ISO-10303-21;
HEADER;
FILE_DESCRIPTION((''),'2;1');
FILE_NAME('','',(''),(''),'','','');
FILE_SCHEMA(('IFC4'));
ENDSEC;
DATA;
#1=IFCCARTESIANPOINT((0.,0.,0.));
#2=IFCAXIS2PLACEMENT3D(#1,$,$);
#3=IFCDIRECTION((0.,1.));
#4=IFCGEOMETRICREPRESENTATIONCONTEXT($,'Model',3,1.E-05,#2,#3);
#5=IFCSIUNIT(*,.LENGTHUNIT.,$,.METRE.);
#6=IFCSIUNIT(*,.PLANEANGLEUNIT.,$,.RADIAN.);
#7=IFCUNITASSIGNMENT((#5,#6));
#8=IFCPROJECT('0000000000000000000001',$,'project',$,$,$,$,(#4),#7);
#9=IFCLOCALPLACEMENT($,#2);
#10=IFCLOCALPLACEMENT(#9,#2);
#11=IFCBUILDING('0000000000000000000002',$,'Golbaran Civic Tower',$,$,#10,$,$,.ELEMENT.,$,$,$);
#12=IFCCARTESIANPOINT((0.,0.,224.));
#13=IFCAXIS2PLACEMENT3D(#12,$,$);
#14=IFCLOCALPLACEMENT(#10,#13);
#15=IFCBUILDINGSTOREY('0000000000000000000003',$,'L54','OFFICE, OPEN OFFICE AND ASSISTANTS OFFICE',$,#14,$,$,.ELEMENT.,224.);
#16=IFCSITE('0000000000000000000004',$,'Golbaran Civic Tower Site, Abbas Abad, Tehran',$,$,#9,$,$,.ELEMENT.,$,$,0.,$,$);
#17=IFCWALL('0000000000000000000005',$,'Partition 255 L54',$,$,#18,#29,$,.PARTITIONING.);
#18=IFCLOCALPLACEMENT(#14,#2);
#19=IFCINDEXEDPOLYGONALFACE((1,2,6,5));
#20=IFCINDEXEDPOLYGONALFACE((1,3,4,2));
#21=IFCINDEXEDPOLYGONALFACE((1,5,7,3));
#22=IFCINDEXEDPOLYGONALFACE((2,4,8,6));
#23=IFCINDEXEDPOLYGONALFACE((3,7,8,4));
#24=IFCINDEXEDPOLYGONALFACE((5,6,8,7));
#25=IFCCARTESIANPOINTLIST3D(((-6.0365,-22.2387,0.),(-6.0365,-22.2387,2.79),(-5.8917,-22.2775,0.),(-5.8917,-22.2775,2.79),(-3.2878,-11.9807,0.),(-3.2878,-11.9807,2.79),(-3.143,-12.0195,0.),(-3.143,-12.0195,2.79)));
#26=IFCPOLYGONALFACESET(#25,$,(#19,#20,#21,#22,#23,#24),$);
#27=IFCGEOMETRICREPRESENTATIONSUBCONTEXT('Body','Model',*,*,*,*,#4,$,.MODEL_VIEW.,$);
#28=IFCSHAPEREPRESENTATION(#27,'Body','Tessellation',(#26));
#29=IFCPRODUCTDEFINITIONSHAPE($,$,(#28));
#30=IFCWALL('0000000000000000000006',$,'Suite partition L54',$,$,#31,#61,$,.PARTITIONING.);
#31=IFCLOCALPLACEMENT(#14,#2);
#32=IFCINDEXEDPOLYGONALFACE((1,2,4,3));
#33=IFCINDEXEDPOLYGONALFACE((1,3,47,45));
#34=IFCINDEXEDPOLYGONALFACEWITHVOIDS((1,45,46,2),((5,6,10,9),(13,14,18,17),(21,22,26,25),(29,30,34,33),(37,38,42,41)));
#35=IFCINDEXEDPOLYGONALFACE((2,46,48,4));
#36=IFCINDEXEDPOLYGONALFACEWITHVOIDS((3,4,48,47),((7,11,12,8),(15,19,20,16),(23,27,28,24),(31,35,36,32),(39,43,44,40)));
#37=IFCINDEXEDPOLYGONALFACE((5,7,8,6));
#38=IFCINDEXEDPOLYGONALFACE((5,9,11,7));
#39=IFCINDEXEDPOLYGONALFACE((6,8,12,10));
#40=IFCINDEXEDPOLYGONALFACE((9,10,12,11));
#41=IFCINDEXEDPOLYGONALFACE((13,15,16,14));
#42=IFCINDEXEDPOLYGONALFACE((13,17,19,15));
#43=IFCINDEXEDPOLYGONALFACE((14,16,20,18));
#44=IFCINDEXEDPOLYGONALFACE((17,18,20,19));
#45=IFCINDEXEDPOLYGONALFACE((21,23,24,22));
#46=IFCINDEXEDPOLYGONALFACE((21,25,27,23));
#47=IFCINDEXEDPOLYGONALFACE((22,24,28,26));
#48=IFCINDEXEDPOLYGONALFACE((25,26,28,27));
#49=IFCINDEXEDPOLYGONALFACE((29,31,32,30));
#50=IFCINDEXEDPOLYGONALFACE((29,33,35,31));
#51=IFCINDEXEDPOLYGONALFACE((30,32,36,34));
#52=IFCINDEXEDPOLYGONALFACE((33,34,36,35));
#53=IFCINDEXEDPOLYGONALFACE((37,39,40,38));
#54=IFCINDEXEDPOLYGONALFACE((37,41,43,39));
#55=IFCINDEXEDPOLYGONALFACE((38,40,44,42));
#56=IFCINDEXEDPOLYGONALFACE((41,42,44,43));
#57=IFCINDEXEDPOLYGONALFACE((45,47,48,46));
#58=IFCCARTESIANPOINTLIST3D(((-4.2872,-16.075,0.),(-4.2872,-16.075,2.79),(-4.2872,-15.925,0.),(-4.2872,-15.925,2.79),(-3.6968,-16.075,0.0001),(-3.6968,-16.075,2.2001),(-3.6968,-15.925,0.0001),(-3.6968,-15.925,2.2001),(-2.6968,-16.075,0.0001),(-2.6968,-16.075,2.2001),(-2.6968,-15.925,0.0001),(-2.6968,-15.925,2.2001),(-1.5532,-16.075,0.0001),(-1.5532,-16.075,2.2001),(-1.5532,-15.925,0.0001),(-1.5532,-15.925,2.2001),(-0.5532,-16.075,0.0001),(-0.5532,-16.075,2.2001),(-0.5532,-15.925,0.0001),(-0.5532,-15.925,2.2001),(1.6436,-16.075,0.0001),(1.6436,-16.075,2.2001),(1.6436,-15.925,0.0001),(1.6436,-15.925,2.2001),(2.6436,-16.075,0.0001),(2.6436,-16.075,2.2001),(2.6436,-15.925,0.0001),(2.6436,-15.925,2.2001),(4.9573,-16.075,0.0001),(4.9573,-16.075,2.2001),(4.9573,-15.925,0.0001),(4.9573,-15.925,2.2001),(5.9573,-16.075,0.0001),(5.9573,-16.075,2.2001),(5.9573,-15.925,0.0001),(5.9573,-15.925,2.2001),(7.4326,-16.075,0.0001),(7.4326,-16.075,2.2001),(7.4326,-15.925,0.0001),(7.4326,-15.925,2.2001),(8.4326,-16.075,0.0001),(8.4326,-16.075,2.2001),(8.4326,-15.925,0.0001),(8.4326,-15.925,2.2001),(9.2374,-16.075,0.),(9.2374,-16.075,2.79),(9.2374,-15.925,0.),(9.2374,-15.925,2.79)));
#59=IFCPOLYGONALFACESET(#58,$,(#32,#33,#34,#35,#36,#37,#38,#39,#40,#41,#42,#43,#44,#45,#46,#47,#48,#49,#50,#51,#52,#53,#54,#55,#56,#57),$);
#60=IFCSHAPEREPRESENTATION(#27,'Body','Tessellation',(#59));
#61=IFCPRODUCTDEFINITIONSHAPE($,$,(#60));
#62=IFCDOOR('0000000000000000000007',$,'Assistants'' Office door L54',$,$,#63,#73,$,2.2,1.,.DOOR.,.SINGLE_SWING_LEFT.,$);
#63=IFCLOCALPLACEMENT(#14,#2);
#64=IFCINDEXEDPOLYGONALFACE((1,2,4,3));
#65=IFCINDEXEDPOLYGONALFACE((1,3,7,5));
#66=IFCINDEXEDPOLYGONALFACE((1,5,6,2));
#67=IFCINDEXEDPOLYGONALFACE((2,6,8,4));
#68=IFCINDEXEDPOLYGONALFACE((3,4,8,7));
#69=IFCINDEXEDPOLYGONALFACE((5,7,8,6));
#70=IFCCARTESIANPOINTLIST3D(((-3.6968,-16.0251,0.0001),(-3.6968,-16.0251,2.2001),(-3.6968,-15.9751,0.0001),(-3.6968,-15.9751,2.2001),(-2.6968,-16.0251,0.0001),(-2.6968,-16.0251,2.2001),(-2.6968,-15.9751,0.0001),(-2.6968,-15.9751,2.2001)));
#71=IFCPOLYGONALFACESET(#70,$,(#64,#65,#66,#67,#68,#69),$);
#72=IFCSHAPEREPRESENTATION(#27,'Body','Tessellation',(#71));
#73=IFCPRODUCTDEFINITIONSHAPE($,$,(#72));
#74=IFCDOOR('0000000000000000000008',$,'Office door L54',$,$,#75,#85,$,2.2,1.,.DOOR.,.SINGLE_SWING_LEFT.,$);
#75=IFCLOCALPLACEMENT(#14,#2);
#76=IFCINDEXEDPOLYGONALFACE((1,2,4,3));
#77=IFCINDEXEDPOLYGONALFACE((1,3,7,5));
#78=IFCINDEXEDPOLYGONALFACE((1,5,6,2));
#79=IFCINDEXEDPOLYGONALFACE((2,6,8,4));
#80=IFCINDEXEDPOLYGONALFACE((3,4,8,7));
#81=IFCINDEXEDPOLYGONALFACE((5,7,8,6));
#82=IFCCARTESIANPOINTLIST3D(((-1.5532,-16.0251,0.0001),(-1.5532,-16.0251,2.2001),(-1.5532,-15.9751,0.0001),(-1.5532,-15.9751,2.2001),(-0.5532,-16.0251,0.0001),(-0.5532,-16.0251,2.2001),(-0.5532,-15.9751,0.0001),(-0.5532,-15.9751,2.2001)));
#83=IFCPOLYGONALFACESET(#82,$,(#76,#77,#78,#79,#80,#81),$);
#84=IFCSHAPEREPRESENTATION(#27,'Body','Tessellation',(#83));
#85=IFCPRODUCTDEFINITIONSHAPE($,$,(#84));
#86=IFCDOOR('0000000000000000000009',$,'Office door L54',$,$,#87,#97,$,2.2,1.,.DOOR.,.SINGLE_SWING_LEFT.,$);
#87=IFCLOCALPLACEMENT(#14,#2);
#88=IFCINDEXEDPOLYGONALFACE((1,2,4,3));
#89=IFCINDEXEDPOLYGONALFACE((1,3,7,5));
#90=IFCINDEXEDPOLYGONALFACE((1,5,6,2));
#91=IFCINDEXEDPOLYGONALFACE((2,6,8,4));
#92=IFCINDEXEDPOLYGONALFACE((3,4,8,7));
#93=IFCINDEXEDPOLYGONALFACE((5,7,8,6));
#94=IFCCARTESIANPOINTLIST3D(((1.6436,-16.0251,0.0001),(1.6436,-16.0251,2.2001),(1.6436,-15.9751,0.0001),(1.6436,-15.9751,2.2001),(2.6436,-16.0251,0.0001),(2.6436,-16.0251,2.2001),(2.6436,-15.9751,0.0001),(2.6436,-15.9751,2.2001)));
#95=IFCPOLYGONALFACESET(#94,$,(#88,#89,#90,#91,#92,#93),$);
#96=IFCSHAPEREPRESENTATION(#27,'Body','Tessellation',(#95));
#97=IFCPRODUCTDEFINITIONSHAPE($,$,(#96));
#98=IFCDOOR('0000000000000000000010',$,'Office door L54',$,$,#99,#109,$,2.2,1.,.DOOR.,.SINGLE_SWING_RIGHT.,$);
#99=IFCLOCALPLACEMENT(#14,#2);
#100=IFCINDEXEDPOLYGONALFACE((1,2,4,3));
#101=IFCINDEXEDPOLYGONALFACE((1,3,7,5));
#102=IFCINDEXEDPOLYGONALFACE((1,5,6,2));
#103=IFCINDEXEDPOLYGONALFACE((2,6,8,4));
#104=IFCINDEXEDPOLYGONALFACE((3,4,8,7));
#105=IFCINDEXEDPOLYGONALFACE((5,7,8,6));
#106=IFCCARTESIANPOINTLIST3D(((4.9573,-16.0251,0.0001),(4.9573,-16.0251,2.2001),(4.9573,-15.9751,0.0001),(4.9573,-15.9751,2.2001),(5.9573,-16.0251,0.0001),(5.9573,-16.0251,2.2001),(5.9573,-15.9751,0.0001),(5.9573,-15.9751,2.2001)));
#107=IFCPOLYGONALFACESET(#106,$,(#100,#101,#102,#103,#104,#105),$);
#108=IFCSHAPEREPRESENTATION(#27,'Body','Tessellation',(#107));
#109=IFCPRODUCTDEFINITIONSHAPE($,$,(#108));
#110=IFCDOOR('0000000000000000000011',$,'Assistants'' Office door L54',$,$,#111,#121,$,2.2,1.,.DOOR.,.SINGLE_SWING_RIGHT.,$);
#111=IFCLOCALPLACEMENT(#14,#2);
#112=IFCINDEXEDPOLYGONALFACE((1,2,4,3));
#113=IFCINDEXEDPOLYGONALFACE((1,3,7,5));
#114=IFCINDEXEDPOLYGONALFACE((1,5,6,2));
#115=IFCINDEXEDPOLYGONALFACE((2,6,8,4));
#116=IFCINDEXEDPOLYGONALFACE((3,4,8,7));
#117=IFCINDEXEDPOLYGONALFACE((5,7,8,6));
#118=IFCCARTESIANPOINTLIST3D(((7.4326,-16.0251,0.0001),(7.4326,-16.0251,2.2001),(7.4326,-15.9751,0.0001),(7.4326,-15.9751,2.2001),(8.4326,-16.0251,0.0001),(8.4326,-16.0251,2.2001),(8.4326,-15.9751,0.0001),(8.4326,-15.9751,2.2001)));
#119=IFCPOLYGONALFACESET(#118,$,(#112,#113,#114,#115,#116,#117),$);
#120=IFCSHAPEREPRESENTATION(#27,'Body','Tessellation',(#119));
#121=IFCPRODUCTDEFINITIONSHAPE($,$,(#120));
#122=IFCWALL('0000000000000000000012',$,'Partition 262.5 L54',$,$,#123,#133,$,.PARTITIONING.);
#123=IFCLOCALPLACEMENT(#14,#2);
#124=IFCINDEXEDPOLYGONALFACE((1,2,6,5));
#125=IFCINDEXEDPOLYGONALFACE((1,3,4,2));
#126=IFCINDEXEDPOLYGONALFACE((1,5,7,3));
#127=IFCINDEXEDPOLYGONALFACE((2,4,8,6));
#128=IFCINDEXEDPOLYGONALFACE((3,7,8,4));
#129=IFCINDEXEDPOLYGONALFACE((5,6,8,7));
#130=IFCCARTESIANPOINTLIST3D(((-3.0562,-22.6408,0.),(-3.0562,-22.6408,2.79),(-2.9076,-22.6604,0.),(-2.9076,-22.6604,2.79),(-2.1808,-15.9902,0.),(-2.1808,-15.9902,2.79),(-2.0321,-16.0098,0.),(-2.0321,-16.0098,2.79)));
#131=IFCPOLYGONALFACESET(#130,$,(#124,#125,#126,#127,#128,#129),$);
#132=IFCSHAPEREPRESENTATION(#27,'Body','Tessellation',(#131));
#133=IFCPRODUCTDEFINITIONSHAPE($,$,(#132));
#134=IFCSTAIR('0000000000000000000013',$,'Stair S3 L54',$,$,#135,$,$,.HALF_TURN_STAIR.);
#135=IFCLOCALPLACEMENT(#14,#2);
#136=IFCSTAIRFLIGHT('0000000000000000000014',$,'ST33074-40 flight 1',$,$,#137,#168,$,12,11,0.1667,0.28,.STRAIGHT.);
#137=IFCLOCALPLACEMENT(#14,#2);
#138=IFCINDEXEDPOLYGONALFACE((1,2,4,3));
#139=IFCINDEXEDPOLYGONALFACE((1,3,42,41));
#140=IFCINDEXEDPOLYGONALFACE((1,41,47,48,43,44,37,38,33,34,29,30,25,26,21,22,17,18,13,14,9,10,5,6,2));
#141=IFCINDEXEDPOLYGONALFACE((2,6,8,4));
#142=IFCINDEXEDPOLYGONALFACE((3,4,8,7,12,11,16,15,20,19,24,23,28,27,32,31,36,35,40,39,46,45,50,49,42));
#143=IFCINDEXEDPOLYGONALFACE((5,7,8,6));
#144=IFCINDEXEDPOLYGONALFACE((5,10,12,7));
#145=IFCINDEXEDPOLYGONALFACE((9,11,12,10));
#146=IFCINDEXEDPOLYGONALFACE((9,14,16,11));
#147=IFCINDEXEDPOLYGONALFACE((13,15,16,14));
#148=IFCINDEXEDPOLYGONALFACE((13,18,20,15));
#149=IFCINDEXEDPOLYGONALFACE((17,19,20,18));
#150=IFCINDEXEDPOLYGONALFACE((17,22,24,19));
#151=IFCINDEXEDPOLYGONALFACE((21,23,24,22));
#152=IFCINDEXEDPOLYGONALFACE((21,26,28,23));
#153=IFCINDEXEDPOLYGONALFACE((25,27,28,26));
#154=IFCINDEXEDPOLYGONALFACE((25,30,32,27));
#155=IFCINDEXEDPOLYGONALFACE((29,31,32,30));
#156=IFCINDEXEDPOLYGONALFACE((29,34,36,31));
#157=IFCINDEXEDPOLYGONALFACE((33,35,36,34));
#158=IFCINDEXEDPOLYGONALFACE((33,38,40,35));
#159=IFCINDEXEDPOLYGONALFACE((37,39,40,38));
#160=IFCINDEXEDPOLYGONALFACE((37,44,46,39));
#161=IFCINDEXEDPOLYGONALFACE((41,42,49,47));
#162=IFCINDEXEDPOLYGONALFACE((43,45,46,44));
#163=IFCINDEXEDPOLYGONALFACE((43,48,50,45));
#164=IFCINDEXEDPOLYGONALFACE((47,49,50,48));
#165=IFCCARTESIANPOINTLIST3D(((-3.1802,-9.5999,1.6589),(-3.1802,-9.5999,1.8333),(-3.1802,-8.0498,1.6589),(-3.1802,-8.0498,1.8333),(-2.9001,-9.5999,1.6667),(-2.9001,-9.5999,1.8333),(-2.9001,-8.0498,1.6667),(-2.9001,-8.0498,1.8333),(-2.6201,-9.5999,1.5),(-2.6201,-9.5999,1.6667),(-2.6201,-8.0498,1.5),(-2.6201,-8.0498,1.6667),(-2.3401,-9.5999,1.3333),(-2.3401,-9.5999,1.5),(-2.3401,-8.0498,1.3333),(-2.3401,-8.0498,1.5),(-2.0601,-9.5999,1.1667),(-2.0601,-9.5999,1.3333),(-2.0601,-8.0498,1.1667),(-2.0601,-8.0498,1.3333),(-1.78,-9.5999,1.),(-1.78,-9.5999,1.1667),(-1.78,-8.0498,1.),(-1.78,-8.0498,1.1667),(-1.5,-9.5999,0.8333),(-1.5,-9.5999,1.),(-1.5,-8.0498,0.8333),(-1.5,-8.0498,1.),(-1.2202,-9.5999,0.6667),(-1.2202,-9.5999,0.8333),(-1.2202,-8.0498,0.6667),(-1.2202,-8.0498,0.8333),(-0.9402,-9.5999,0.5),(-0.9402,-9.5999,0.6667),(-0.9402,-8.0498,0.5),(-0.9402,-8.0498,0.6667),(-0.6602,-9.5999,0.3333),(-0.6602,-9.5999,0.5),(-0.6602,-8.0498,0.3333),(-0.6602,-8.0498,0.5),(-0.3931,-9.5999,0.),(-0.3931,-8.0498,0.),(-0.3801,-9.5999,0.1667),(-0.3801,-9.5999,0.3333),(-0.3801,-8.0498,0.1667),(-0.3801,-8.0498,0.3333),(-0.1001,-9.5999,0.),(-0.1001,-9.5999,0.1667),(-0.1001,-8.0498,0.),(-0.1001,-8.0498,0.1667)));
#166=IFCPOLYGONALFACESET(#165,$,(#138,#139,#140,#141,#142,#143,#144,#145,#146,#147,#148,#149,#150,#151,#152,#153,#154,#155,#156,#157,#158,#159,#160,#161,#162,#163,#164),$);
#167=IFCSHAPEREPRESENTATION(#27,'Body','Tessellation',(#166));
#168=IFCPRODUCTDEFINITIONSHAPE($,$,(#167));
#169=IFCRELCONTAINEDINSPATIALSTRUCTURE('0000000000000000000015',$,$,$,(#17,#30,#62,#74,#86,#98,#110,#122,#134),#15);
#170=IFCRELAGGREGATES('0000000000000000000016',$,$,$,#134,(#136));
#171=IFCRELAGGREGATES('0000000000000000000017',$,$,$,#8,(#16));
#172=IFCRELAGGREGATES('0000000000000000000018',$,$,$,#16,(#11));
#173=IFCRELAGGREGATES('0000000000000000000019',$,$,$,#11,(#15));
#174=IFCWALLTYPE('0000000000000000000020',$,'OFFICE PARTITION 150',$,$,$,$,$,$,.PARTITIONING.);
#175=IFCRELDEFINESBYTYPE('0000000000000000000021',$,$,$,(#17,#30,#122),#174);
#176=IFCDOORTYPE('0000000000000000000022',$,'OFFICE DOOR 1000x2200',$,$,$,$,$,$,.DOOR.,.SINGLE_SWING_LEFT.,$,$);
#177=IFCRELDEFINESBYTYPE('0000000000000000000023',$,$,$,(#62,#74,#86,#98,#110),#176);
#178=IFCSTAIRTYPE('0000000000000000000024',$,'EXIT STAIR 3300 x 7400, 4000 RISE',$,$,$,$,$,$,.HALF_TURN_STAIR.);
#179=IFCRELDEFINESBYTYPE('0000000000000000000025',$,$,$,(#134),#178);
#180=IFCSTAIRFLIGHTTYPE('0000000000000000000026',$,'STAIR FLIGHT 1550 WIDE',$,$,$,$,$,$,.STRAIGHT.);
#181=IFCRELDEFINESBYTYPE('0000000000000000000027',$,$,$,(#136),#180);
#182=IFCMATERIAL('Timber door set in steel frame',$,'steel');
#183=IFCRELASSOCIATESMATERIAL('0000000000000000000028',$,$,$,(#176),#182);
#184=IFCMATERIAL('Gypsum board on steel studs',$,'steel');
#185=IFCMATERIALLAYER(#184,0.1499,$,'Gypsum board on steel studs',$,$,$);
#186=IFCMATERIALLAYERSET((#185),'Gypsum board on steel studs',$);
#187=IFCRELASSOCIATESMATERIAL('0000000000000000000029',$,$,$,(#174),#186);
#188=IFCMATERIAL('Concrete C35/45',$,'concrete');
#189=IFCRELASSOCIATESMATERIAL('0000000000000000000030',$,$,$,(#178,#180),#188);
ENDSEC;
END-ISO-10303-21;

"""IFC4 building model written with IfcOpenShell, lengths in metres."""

from ifc_helpers import new_model, si_unit, direction, frame, frame_2d, origin, place, context, subcontext, project, spatial, polyline, rectangle, outline, extrude, material, layer, layer_set, type_object, element, fill, aggregate, save


model = new_model("IFC4")

# Units and contexts
model_context = context("Model", 3, precision=1e-05, world=origin(), true_north=direction((0.0, 1.0)))
body_context = subcontext(model_context, "Body", "Model", "MODEL_VIEW")
ifc_project = project(units=[si_unit("LENGTHUNIT", "METRE"), si_unit("PLANEANGLEUNIT", "RADIAN")], contexts=[model_context])

# Site, building, storey
site_placement = place(None, origin())
site = spatial("IfcSite", under=ifc_project, at=site_placement, Name="Golbaran Civic Tower Site, Abbas Abad, Tehran", CompositionType="ELEMENT", RefElevation=0.0)
building_placement = place(site_placement, origin())
building = spatial("IfcBuilding", under=site, at=building_placement, Name="Golbaran Civic Tower", CompositionType="ELEMENT")
storey_placement = place(building_placement, frame((0.0, 0.0, 224.0)))
storey = spatial("IfcBuildingStorey", under=building, at=storey_placement, Name="L54", Description="OFFICE, OPEN OFFICE AND ASSISTANTS OFFICE", CompositionType="ELEMENT", Elevation=224.0)

# Shared definitions
ifc_material_1 = material(Name="Timber door set in steel frame", Category="steel")

# Shared definitions
door_type_1 = type_object("IfcDoorType", Name="OFFICE DOOR 1000x2200", OperationType="SINGLE_SWING_LEFT", PredefinedType="DOOR", material=ifc_material_1)

# Wall
ifc_material_2 = material(Name="Gypsum board on steel studs", Category="steel")
ifc_layer_1 = layer(ifc_material_2, 0.1499, Name="Gypsum board on steel studs")
ifc_layer_set_1 = layer_set([ifc_layer_1], Name="Gypsum board on steel studs")
wall_type_1 = type_object("IfcWallType", Name="OFFICE PARTITION 150", PredefinedType="PARTITIONING", material=ifc_layer_set_1)
wall_1_placement = place(storey_placement, frame((-3.2153, -12.0, 0.0), z_axis=(0.0, 0.0, 1.0), x_axis=(-0.258831, -0.965922, 0.0)))
element("IfcWall", 1, at=wall_1_placement, inside=storey, type_object=wall_type_1, Name="Partition 255 L54", PredefinedType="PARTITIONING", context=body_context, shape_type="SweptSolid", body=[
    extrude(rectangle(XDim=10.6199, YDim=0.1499, at=frame_2d((5.3101, 0.0))), origin(), (0.0, 0.0, 1.0), 2.79),
])

# Wall, openings, doors
wall_2_placement = place(storey_placement, frame((-4.2871, -16.0, 0.0), z_axis=(0.0, 0.0, 1.0), x_axis=(1.0, 0.0, 0.0)))
wall_2 = element("IfcWall", 2, at=wall_2_placement, inside=storey, type_object=wall_type_1, Name="Suite partition L54", PredefinedType="PARTITIONING", context=body_context, shape_type="SweptSolid", body=[
    extrude(rectangle(XDim=13.5247, YDim=0.1499, at=frame_2d((6.7622, 0.0))), origin(), (0.0, 0.0, 1.0), 2.79),
])
opening_1_placement = place(wall_2_placement, frame((0.5903, 0.0, 0.0)))
opening_1 = element("IfcOpeningElement", 3, at=opening_1_placement, cuts=wall_2, PredefinedType="OPENING", context=body_context, shape_type="SweptSolid", body=[
    extrude(rectangle(XDim=1.0, YDim=2.2, at=frame_2d((0.5, 1.1001))), frame((0.0, 0.085, 0.0), z_axis=(0.0, -1.0, 0.0), x_axis=(1.0, 0.0, 0.0)), (0.0, 0.0, 1.0), 0.1699),
])
opening_2_placement = place(wall_2_placement, frame((2.7339, 0.0, 0.0)))
opening_2 = element("IfcOpeningElement", 4, at=opening_2_placement, cuts=wall_2, PredefinedType="OPENING", context=body_context, shape_type="SweptSolid", body=[
    extrude(rectangle(XDim=1.0, YDim=2.2, at=frame_2d((0.5, 1.1001))), frame((0.0, 0.085, 0.0), z_axis=(0.0, -1.0, 0.0), x_axis=(1.0, 0.0, 0.0)), (0.0, 0.0, 1.0), 0.1699),
])
opening_3_placement = place(wall_2_placement, frame((5.9307, 0.0, 0.0)))
opening_3 = element("IfcOpeningElement", 5, at=opening_3_placement, cuts=wall_2, PredefinedType="OPENING", context=body_context, shape_type="SweptSolid", body=[
    extrude(rectangle(XDim=1.0, YDim=2.2, at=frame_2d((0.5, 1.1001))), frame((0.0, 0.085, 0.0), z_axis=(0.0, -1.0, 0.0), x_axis=(1.0, 0.0, 0.0)), (0.0, 0.0, 1.0), 0.1699),
])
opening_4_placement = place(wall_2_placement, frame((9.2444, 0.0, 0.0)))
opening_4 = element("IfcOpeningElement", 6, at=opening_4_placement, cuts=wall_2, PredefinedType="OPENING", context=body_context, shape_type="SweptSolid", body=[
    extrude(rectangle(XDim=1.0, YDim=2.2, at=frame_2d((0.5, 1.1001))), frame((0.0, 0.085, 0.0), z_axis=(0.0, -1.0, 0.0), x_axis=(1.0, 0.0, 0.0)), (0.0, 0.0, 1.0), 0.1699),
])
opening_5_placement = place(wall_2_placement, frame((11.7197, 0.0, 0.0)))
opening_5 = element("IfcOpeningElement", 7, at=opening_5_placement, cuts=wall_2, PredefinedType="OPENING", context=body_context, shape_type="SweptSolid", body=[
    extrude(rectangle(XDim=1.0, YDim=2.2, at=frame_2d((0.5, 1.1001))), frame((0.0, 0.085, 0.0), z_axis=(0.0, -1.0, 0.0), x_axis=(1.0, 0.0, 0.0)), (0.0, 0.0, 1.0), 0.1699),
])
door_1_placement = place(opening_1_placement, origin())
door_1 = element("IfcDoor", 8, at=door_1_placement, inside=storey, type_object=door_type_1, Name="Assistants' Office door L54", OperationType="SINGLE_SWING_LEFT", OverallHeight=2.2, OverallWidth=1.0, PredefinedType="DOOR", context=body_context, shape_type="SweptSolid", body=[
    extrude(rectangle(XDim=1.0, YDim=2.2, at=frame_2d((0.5, 1.1001))), frame((0.0, 0.0249, 0.0), z_axis=(0.0, -1.0, 0.0), x_axis=(1.0, 0.0, 0.0)), (0.0, 0.0, 1.0), 0.05),
])
fill(opening_1, door_1)
door_2_placement = place(opening_2_placement, origin())
door_2 = element("IfcDoor", 9, at=door_2_placement, inside=storey, type_object=door_type_1, Name="Office door L54", OperationType="SINGLE_SWING_LEFT", OverallHeight=2.2, OverallWidth=1.0, PredefinedType="DOOR", context=body_context, shape_type="SweptSolid", body=[
    extrude(rectangle(XDim=1.0, YDim=2.2, at=frame_2d((0.5, 1.1001))), frame((0.0, 0.0249, 0.0), z_axis=(0.0, -1.0, 0.0), x_axis=(1.0, 0.0, 0.0)), (0.0, 0.0, 1.0), 0.05),
])
fill(opening_2, door_2)
door_3_placement = place(opening_3_placement, origin())
door_3 = element("IfcDoor", 10, at=door_3_placement, inside=storey, type_object=door_type_1, Name="Office door L54", OperationType="SINGLE_SWING_LEFT", OverallHeight=2.2, OverallWidth=1.0, PredefinedType="DOOR", context=body_context, shape_type="SweptSolid", body=[
    extrude(rectangle(XDim=1.0, YDim=2.2, at=frame_2d((0.5, 1.1001))), frame((0.0, 0.0249, 0.0), z_axis=(0.0, -1.0, 0.0), x_axis=(1.0, 0.0, 0.0)), (0.0, 0.0, 1.0), 0.05),
])
fill(opening_3, door_3)
door_4_placement = place(opening_4_placement, origin())
door_4 = element("IfcDoor", 11, at=door_4_placement, inside=storey, type_object=door_type_1, Name="Office door L54", OperationType="SINGLE_SWING_RIGHT", OverallHeight=2.2, OverallWidth=1.0, PredefinedType="DOOR", context=body_context, shape_type="SweptSolid", body=[
    extrude(rectangle(XDim=1.0, YDim=2.2, at=frame_2d((0.5, 1.1001))), frame((0.0, 0.0249, 0.0), z_axis=(0.0, -1.0, 0.0), x_axis=(1.0, 0.0, 0.0)), (0.0, 0.0, 1.0), 0.05),
])
fill(opening_4, door_4)
door_5_placement = place(opening_5_placement, origin())
door_5 = element("IfcDoor", 12, at=door_5_placement, inside=storey, type_object=door_type_1, Name="Assistants' Office door L54", OperationType="SINGLE_SWING_RIGHT", OverallHeight=2.2, OverallWidth=1.0, PredefinedType="DOOR", context=body_context, shape_type="SweptSolid", body=[
    extrude(rectangle(XDim=1.0, YDim=2.2, at=frame_2d((0.5, 1.1001))), frame((0.0, 0.0249, 0.0), z_axis=(0.0, -1.0, 0.0), x_axis=(1.0, 0.0, 0.0)), (0.0, 0.0, 1.0), 0.05),
])
fill(opening_5, door_5)

# Wall
wall_3_placement = place(storey_placement, frame((-2.1064, -16.0, 0.0), z_axis=(0.0, 0.0, 1.0), x_axis=(-0.130514, -0.991446, 0.0)))
element("IfcWall", 13, at=wall_3_placement, inside=storey, type_object=wall_type_1, Name="Partition 262.5 L54", PredefinedType="PARTITIONING", context=body_context, shape_type="SweptSolid", body=[
    extrude(rectangle(XDim=6.708, YDim=0.1499, at=frame_2d((3.354, 0.0))), origin(), (0.0, 0.0, 1.0), 2.79),
])

# Stair, stair flight
ifc_material_3 = material(Name="Concrete C35/45", Category="concrete")
stair_type = type_object("IfcStairType", Name="EXIT STAIR 3300 x 7400, 4000 RISE", PredefinedType="HALF_TURN_STAIR", material=ifc_material_3)
stair_placement = place(storey_placement, origin())
stair = element("IfcStair", 14, at=stair_placement, inside=storey, type_object=stair_type, Name="Stair S3 L54", PredefinedType="HALF_TURN_STAIR")
stair_flight_type = type_object("IfcStairFlightType", Name="STAIR FLIGHT 1550 WIDE", PredefinedType="STRAIGHT", material=ifc_material_3)
stair_flight_placement = place(storey_placement, frame((-0.1001, -8.825, 0.0), z_axis=(0.0, 0.0, 1.0), x_axis=(-1.0, 0.0, 0.0)))
stair_flight = element("IfcStairFlight", 15, at=stair_flight_placement, type_object=stair_flight_type, Name="ST33074-40 flight 1", NumberOfRisers=12, NumberOfTreads=11, PredefinedType="STRAIGHT", RiserHeight=0.1667, TreadLength=0.28, context=body_context, shape_type="SweptSolid", body=[
    extrude(outline(polyline([(0.0, 0.0), (0.0, 0.1667), (0.28, 0.1667), (0.28, 0.3333), (0.5601, 0.3333), (0.5601, 0.5), (0.8401, 0.5), (0.8401, 0.6667), (1.1201, 0.6667), (1.1201, 0.8333), (1.3999, 0.8333), (1.3999, 1.0), (1.6799, 1.0), (1.6799, 1.1667), (1.96, 1.1667), (1.96, 1.3333), (2.24, 1.3333), (2.24, 1.5), (2.52, 1.5), (2.52, 1.6667), (2.8, 1.6667), (2.8, 1.8333), (3.0801, 1.8333), (3.0801, 2.0), (3.0801, 1.6589), (0.293, 0.0), (0.0, 0.0)])), frame((0.0, 0.7749, 0.0), z_axis=(0.0, -1.0, 0.0), x_axis=(1.0, 0.0, 0.0)), (0.0, 0.0, 1.0), 1.55),
])
aggregate(stair, [stair_flight])

save(model, "model.ifc")
